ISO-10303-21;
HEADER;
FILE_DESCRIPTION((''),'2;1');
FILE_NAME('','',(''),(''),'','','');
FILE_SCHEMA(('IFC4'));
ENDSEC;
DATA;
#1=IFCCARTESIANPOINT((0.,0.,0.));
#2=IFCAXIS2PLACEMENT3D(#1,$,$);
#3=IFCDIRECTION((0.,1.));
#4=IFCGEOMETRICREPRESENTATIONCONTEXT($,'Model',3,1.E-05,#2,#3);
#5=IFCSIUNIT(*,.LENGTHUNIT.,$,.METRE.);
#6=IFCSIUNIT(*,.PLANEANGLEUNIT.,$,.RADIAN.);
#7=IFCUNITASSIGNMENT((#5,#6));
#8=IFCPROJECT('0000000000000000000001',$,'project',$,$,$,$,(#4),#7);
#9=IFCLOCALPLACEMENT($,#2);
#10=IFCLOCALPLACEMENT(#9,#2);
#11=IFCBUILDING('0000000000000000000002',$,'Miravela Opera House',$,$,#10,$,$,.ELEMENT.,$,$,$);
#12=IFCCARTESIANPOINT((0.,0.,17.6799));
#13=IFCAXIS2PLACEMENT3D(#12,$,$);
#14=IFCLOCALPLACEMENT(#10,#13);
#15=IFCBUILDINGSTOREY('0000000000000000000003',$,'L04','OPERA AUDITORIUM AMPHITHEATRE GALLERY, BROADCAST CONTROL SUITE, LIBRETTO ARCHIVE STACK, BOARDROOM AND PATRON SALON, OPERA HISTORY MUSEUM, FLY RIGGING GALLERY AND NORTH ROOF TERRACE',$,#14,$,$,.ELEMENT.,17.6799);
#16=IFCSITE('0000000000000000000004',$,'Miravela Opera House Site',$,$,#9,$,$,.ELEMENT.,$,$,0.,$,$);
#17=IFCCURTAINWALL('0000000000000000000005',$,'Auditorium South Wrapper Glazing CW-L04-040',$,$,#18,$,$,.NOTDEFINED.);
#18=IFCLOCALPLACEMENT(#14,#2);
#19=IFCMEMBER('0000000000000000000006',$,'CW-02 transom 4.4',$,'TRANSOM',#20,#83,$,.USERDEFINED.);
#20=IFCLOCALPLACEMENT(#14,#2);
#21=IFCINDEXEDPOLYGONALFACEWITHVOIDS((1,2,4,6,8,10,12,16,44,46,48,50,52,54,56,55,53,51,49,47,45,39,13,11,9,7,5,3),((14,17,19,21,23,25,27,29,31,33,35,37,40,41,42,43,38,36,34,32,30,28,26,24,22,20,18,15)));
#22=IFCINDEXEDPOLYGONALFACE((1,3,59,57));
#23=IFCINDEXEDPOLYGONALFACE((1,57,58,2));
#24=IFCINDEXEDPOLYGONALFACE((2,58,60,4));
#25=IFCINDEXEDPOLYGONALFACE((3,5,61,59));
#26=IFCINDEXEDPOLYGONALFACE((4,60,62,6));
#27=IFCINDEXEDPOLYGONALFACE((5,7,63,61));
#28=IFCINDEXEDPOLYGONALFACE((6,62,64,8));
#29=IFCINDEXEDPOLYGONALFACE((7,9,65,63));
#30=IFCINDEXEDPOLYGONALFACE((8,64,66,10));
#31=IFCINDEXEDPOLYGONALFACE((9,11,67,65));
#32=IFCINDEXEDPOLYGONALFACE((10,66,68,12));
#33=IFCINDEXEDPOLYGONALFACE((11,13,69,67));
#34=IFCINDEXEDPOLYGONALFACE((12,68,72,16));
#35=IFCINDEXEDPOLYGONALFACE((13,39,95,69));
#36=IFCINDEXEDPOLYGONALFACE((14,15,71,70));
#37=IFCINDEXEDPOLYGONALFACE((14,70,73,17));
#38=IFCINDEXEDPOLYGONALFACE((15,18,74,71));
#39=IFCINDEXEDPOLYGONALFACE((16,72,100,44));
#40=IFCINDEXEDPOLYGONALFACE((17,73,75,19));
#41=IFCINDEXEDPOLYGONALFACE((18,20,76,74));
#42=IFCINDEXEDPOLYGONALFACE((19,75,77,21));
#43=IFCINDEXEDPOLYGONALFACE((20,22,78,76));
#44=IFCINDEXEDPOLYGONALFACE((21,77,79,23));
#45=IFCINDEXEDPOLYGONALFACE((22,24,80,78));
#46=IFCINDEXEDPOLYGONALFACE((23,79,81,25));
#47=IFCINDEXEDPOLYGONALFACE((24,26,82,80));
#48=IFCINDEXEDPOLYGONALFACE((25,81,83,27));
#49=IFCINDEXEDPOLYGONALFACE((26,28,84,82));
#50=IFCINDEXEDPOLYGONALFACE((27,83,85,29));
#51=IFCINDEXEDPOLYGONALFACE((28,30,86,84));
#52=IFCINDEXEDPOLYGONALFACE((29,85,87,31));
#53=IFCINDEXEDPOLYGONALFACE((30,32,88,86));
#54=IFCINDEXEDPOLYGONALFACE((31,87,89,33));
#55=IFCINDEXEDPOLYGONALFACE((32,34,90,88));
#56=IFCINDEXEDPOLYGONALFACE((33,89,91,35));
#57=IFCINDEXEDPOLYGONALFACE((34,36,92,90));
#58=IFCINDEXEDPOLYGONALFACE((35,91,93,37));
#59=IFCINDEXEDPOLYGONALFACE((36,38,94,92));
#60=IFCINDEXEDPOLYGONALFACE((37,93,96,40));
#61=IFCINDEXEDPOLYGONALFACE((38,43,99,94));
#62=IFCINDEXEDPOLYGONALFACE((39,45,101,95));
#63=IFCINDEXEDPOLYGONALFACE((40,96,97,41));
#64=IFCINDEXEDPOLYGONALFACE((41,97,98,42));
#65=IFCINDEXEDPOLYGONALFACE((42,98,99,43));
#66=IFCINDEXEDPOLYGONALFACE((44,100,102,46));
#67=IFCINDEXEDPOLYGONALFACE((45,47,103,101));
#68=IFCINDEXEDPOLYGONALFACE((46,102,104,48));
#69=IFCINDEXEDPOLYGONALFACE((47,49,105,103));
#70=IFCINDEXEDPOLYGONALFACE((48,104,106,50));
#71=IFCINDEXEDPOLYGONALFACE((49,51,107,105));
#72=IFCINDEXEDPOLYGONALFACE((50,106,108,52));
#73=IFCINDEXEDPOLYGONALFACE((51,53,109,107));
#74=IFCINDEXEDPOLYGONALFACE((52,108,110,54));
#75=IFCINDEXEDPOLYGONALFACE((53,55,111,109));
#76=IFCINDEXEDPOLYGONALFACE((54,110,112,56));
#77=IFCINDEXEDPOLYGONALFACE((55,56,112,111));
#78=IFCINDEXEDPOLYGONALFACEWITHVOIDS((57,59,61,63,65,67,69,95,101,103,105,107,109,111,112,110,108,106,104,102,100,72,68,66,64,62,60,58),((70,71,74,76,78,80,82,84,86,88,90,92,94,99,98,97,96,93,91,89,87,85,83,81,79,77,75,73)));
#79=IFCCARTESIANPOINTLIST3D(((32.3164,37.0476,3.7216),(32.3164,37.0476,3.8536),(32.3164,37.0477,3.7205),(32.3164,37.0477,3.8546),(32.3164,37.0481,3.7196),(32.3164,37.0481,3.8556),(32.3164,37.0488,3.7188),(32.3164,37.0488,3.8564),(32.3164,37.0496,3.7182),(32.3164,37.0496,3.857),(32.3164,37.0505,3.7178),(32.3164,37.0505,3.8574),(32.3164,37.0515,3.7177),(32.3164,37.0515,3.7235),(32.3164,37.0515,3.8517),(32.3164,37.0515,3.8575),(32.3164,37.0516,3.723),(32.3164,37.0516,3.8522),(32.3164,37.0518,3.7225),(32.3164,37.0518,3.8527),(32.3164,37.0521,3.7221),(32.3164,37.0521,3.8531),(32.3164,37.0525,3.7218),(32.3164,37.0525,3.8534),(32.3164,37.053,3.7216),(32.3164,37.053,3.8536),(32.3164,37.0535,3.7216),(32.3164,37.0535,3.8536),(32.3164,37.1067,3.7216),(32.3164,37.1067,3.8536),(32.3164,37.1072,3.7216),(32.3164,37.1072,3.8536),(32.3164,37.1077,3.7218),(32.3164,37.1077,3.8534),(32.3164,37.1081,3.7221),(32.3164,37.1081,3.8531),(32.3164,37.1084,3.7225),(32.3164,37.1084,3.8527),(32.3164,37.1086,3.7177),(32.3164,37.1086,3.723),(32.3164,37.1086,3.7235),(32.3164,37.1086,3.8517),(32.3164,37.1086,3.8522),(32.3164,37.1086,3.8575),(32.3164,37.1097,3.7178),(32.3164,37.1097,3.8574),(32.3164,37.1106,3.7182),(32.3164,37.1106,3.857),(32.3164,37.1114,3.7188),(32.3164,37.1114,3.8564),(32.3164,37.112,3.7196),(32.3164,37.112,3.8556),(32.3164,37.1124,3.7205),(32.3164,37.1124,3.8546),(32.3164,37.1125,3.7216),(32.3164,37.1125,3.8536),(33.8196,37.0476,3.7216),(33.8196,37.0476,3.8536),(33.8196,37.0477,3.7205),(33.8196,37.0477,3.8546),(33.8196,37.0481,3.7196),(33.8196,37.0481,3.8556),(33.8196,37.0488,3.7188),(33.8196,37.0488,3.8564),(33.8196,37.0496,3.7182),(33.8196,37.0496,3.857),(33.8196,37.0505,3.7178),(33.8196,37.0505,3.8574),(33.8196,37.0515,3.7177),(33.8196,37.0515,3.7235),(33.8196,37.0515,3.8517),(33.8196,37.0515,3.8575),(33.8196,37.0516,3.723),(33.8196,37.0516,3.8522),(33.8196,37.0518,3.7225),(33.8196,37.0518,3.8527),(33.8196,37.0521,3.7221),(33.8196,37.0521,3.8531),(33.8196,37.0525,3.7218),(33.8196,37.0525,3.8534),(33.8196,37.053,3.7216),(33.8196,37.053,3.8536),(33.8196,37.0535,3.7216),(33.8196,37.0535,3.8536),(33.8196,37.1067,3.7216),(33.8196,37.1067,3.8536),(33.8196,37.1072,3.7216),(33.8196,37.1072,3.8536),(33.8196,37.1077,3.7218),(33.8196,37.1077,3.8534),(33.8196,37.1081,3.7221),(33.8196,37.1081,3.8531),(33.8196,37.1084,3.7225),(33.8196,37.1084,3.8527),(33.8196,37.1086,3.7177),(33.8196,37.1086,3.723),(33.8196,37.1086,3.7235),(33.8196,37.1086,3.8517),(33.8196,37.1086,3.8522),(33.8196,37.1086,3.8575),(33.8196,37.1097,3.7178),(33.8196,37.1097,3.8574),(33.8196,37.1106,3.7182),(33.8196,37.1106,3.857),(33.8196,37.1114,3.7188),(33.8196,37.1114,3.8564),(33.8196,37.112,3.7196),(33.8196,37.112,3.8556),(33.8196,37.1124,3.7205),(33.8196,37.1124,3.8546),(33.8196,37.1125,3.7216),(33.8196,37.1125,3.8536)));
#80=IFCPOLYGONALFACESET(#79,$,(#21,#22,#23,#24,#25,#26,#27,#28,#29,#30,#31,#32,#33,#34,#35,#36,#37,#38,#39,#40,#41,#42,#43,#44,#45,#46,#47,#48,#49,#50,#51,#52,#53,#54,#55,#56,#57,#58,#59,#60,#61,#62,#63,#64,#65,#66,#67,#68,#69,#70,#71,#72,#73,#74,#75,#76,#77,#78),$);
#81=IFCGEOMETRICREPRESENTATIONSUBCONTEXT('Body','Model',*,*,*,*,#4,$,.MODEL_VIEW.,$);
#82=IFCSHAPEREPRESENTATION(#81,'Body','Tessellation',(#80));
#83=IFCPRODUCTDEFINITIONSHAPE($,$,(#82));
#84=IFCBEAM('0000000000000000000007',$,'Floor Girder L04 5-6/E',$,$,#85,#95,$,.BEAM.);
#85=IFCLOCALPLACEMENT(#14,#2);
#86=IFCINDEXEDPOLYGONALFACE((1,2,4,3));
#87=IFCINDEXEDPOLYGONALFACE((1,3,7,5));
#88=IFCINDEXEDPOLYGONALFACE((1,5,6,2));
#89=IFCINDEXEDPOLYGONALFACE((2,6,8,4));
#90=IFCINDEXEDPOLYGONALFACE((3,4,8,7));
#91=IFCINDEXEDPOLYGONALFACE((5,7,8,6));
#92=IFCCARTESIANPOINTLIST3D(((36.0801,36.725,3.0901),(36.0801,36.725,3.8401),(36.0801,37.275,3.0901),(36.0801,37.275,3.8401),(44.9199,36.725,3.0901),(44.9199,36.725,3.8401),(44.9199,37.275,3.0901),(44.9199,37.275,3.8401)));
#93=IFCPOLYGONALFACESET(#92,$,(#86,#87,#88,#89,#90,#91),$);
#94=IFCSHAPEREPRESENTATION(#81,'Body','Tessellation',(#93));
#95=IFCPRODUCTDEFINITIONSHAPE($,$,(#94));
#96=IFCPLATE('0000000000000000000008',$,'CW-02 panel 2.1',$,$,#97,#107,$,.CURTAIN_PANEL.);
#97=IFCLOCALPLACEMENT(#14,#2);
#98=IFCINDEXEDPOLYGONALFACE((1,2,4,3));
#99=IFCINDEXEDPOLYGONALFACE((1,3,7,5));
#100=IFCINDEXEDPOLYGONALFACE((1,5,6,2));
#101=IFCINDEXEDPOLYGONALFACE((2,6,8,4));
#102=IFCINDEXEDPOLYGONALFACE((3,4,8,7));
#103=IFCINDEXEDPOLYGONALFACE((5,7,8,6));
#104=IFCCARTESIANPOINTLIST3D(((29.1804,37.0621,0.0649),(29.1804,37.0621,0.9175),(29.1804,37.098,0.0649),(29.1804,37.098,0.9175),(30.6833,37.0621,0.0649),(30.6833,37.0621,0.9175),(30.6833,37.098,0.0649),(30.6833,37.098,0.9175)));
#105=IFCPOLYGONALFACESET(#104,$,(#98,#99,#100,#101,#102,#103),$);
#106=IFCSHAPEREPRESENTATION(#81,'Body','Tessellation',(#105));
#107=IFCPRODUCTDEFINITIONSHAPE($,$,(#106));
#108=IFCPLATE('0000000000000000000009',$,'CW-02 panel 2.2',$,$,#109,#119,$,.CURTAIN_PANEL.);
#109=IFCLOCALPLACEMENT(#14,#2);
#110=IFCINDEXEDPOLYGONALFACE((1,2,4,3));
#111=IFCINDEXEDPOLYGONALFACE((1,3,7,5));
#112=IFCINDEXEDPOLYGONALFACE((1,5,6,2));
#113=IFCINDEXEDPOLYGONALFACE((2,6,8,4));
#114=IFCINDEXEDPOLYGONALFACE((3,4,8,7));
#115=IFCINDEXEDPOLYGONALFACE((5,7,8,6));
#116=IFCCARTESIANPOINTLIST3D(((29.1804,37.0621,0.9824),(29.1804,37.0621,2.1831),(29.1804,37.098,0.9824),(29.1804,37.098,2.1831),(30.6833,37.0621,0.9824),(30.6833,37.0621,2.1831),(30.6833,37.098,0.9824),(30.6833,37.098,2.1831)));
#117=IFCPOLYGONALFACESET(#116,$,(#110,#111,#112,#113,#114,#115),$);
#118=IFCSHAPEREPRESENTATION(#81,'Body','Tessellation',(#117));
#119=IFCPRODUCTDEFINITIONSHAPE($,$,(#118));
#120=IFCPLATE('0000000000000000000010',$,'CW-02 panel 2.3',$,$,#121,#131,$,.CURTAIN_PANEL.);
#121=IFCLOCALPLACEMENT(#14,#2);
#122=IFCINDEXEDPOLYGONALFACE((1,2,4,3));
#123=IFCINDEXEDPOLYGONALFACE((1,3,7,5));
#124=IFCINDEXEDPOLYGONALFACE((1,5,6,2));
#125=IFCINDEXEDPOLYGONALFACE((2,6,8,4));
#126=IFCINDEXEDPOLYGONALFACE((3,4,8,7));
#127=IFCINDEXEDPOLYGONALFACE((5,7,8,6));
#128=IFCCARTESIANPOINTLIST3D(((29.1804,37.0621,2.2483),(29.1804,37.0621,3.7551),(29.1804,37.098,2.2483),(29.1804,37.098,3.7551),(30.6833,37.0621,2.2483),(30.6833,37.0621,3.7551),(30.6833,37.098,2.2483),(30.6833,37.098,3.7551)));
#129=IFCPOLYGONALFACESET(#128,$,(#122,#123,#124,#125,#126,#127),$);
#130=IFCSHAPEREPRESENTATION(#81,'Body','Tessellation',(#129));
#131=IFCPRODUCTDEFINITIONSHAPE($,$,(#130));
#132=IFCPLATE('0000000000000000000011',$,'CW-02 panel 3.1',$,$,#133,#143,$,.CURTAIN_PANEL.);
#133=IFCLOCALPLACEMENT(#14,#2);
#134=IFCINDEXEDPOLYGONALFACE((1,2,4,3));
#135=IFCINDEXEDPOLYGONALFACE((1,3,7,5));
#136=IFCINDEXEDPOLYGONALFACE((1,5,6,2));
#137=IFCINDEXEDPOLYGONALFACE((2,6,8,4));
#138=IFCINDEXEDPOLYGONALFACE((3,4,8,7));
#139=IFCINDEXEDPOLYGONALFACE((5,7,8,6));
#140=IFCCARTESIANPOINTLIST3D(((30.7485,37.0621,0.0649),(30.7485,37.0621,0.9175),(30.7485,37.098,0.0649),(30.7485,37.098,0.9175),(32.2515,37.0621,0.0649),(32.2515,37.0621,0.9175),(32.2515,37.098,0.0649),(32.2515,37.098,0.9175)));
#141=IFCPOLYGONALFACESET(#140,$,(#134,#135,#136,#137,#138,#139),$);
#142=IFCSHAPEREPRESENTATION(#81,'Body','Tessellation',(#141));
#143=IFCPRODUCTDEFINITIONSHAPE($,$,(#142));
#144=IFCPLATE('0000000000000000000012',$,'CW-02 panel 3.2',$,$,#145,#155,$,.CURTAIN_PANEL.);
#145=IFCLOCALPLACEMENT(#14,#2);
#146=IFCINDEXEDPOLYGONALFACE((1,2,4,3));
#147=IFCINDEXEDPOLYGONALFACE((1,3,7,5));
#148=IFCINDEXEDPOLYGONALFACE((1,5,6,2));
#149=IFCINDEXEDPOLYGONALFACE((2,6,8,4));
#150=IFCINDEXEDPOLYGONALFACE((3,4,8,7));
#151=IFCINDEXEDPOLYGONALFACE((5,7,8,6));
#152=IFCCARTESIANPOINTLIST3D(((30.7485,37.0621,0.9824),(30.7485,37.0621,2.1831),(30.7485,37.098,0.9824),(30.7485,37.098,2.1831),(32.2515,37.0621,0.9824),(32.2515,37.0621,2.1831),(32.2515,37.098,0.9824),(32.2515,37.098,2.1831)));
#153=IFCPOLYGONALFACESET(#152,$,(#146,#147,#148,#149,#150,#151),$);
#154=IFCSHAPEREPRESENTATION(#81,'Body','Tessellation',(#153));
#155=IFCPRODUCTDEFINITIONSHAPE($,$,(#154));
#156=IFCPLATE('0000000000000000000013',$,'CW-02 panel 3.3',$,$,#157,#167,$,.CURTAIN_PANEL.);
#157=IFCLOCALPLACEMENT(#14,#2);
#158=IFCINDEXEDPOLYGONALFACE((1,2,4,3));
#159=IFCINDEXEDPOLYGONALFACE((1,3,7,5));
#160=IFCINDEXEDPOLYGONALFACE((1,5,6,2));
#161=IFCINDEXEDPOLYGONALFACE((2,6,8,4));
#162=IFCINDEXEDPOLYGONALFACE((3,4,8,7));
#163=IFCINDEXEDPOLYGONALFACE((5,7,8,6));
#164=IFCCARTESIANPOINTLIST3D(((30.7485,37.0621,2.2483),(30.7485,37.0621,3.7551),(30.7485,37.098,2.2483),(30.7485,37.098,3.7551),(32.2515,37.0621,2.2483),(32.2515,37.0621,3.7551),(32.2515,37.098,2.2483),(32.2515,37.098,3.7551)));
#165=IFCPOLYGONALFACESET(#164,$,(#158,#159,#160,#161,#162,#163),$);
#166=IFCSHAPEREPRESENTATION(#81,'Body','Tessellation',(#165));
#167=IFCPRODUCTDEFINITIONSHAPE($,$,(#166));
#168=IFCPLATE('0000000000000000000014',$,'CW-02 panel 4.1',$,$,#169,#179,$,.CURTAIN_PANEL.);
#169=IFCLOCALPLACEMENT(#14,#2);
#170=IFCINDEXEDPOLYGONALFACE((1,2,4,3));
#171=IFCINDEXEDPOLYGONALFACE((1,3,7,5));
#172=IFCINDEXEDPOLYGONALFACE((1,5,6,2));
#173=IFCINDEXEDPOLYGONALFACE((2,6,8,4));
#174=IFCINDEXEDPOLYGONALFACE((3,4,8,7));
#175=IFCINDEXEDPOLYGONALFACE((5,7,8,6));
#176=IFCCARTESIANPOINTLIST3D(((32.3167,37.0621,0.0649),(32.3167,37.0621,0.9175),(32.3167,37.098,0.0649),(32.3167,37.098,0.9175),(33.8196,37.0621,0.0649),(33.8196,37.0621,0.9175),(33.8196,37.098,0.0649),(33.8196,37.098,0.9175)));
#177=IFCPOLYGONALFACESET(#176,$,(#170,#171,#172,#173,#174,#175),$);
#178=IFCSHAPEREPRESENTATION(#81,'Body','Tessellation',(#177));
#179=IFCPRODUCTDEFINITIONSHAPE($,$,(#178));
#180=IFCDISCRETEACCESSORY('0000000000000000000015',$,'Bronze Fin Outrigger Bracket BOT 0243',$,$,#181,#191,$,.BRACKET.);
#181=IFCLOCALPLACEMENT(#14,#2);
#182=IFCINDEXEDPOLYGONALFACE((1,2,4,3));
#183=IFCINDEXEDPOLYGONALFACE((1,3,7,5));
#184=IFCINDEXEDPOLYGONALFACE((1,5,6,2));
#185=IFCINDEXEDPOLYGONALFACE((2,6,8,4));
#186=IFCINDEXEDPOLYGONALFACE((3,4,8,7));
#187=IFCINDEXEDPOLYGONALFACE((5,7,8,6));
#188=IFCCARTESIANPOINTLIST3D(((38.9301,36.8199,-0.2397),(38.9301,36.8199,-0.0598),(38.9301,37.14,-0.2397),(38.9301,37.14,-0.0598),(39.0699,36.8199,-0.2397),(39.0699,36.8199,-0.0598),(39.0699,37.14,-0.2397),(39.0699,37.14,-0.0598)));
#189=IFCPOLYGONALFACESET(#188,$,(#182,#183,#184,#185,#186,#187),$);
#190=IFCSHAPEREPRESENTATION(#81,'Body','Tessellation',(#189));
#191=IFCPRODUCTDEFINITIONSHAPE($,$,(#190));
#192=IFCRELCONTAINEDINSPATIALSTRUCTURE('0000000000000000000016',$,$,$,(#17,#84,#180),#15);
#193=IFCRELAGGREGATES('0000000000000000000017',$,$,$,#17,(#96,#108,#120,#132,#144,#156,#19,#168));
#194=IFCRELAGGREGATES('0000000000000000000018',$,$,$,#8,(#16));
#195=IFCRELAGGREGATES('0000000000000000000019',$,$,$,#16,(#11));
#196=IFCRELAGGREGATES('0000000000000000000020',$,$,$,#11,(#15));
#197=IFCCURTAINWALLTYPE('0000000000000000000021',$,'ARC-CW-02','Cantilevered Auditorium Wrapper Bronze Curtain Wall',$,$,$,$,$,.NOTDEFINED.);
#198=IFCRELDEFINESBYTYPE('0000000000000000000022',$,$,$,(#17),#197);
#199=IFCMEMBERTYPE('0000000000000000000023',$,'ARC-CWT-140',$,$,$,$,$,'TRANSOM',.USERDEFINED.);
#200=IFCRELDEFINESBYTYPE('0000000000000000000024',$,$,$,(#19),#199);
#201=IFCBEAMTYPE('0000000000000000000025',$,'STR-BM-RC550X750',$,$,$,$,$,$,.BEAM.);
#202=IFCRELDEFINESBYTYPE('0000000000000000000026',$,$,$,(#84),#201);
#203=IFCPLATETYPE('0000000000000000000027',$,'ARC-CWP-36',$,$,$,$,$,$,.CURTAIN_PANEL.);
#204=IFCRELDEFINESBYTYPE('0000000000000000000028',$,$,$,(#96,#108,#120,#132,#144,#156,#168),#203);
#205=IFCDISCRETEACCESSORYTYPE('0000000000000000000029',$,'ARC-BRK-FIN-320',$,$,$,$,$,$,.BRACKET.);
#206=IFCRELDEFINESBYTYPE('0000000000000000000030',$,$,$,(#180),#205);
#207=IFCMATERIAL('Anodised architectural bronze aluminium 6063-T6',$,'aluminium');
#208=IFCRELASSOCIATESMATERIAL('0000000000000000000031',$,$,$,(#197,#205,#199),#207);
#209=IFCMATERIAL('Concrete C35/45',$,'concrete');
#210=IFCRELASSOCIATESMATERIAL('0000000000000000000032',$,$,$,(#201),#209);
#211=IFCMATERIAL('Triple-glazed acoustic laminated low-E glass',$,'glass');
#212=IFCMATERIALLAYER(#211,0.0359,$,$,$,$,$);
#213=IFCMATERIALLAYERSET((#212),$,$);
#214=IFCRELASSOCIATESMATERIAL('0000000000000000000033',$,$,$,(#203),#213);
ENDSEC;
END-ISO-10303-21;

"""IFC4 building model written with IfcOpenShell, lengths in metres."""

from ifc_helpers import new_model, si_unit, direction, frame, origin, origin_2d, place, context, subcontext, project, spatial, rectangle, hollow_rectangle, extrude, material, layer, layer_set, material_profile, profile_set, type_object, element, aggregate, save


model = new_model("IFC4")

# Units and contexts
model_context = context("Model", 3, precision=1e-05, world=origin(), true_north=direction((0.0, 1.0)))
body_context = subcontext(model_context, "Body", "Model", "MODEL_VIEW")
ifc_project = project(units=[si_unit("LENGTHUNIT", "METRE"), si_unit("PLANEANGLEUNIT", "RADIAN")], contexts=[model_context])

# Site, building, storey
site_placement = place(None, origin())
site = spatial("IfcSite", under=ifc_project, at=site_placement, Name="Miravela Opera House Site", CompositionType="ELEMENT", RefElevation=0.0)
building_placement = place(site_placement, origin())
building = spatial("IfcBuilding", under=site, at=building_placement, Name="Miravela Opera House", CompositionType="ELEMENT")
storey_placement = place(building_placement, frame((0.0, 0.0, 17.6799)))
storey = spatial("IfcBuildingStorey", under=building, at=storey_placement, Name="L04", Description="OPERA AUDITORIUM AMPHITHEATRE GALLERY, BROADCAST CONTROL SUITE, LIBRETTO ARCHIVE STACK, BOARDROOM AND PATRON SALON, OPERA HISTORY MUSEUM, FLY RIGGING GALLERY AND NORTH ROOF TERRACE", CompositionType="ELEMENT", Elevation=17.6799)

# Shared definitions
ifc_material_1 = material(Name="Concrete C35/45", Category="concrete")

# Curtain wall, member
ifc_material_2 = material(Name="Anodised architectural bronze aluminium 6063-T6", Category="aluminium")
curtain_wall_type = type_object("IfcCurtainWallType", Name="ARC-CW-02", Description="Cantilevered Auditorium Wrapper Bronze Curtain Wall", PredefinedType="NOTDEFINED", material=ifc_material_2)
curtain_wall_placement = place(storey_placement, origin())
curtain_wall = element("IfcCurtainWall", 1, at=curtain_wall_placement, inside=storey, type_object=curtain_wall_type, Name="Auditorium South Wrapper Glazing CW-L04-040", PredefinedType="NOTDEFINED")
ifc_material_profile_1 = material_profile(ifc_material_2, hollow_rectangle(XDim=0.0649, YDim=0.1399, WallThickness=0.0039, InnerFilletRadius=0.002, OuterFilletRadius=0.0039, at=origin_2d()), Name="CWT-65X140")
ifc_profile_set_1 = profile_set([ifc_material_profile_1])
member_type_1 = type_object("IfcMemberType", Name="ARC-CWT-140", ElementType="TRANSOM", PredefinedType="USERDEFINED", material=ifc_profile_set_1)
member_1_placement = place(storey_placement, frame((32.3164, 37.0801, 3.7876), z_axis=(1.0, 0.0, 0.0), x_axis=(0.0, 1.0, 0.0)))
member_1 = element("IfcMember", 2, at=member_1_placement, type_object=member_type_1, Name="CW-02 transom 4.4", ObjectType="TRANSOM", PredefinedType="USERDEFINED", context=body_context, shape_type="SweptSolid", body=[
    extrude(hollow_rectangle(XDim=0.0649, YDim=0.1399, WallThickness=0.0039, InnerFilletRadius=0.002, OuterFilletRadius=0.0039, at=origin_2d()), origin(), (0.0, 0.0, 1.0), 1.5032),
])

# Beam
ifc_material_profile_2 = material_profile(ifc_material_1, rectangle(XDim=0.55, YDim=0.75, at=origin_2d()), Name="RC-BM-550X750")
ifc_profile_set_2 = profile_set([ifc_material_profile_2])
beam_type = type_object("IfcBeamType", Name="STR-BM-RC550X750", PredefinedType="BEAM", material=ifc_profile_set_2)
beam_placement = place(storey_placement, frame((36.0801, 37.0, 3.4651), z_axis=(1.0, 0.0, 0.0), x_axis=(0.0, 1.0, 0.0)))
element("IfcBeam", 3, at=beam_placement, inside=storey, type_object=beam_type, Name="Floor Girder L04 5-6/E", PredefinedType="BEAM", context=body_context, shape_type="SweptSolid", body=[
    extrude(rectangle(XDim=0.55, YDim=0.75, at=origin_2d()), origin(), (0.0, 0.0, 1.0), 8.8398),
])

# Plates
ifc_material_3 = material(Name="Triple-glazed acoustic laminated low-E glass", Category="glass")
ifc_layer = layer(ifc_material_3, 0.0359)
ifc_layer_set = layer_set([ifc_layer])
plate_type = type_object("IfcPlateType", Name="ARC-CWP-36", PredefinedType="CURTAIN_PANEL", material=ifc_layer_set)
plate_1_placement = place(storey_placement, frame((29.9319, 37.0801, 0.0649), z_axis=(0.0, 0.0, 1.0), x_axis=(1.0, 0.0, 0.0)))
plate_1 = element("IfcPlate", 4, at=plate_1_placement, type_object=plate_type, Name="CW-02 panel 2.1", PredefinedType="CURTAIN_PANEL", context=body_context, shape_type="SweptSolid", body=[
    extrude(rectangle(XDim=1.5029, YDim=0.0359, at=origin_2d()), origin(), (0.0, 0.0, 1.0), 0.8525),
])
plate_2_placement = place(storey_placement, frame((29.9319, 37.0801, 0.9824), z_axis=(0.0, 0.0, 1.0), x_axis=(1.0, 0.0, 0.0)))
plate_2 = element("IfcPlate", 5, at=plate_2_placement, type_object=plate_type, Name="CW-02 panel 2.2", PredefinedType="CURTAIN_PANEL", context=body_context, shape_type="SweptSolid", body=[
    extrude(rectangle(XDim=1.5029, YDim=0.0359, at=origin_2d()), origin(), (0.0, 0.0, 1.0), 1.2007),
])
plate_3_placement = place(storey_placement, frame((29.9319, 37.0801, 2.2483), z_axis=(0.0, 0.0, 1.0), x_axis=(1.0, 0.0, 0.0)))
plate_3 = element("IfcPlate", 6, at=plate_3_placement, type_object=plate_type, Name="CW-02 panel 2.3", PredefinedType="CURTAIN_PANEL", context=body_context, shape_type="SweptSolid", body=[
    extrude(rectangle(XDim=1.5029, YDim=0.0359, at=origin_2d()), origin(), (0.0, 0.0, 1.0), 1.5068),
])
plate_4_placement = place(storey_placement, frame((31.5, 37.0801, 0.0649), z_axis=(0.0, 0.0, 1.0), x_axis=(1.0, 0.0, 0.0)))
plate_4 = element("IfcPlate", 7, at=plate_4_placement, type_object=plate_type, Name="CW-02 panel 3.1", PredefinedType="CURTAIN_PANEL", context=body_context, shape_type="SweptSolid", body=[
    extrude(rectangle(XDim=1.5029, YDim=0.0359, at=origin_2d()), origin(), (0.0, 0.0, 1.0), 0.8525),
])
plate_5_placement = place(storey_placement, frame((31.5, 37.0801, 0.9824), z_axis=(0.0, 0.0, 1.0), x_axis=(1.0, 0.0, 0.0)))
plate_5 = element("IfcPlate", 8, at=plate_5_placement, type_object=plate_type, Name="CW-02 panel 3.2", PredefinedType="CURTAIN_PANEL", context=body_context, shape_type="SweptSolid", body=[
    extrude(rectangle(XDim=1.5029, YDim=0.0359, at=origin_2d()), origin(), (0.0, 0.0, 1.0), 1.2007),
])
plate_6_placement = place(storey_placement, frame((31.5, 37.0801, 2.2483), z_axis=(0.0, 0.0, 1.0), x_axis=(1.0, 0.0, 0.0)))
plate_6 = element("IfcPlate", 9, at=plate_6_placement, type_object=plate_type, Name="CW-02 panel 3.3", PredefinedType="CURTAIN_PANEL", context=body_context, shape_type="SweptSolid", body=[
    extrude(rectangle(XDim=1.5029, YDim=0.0359, at=origin_2d()), origin(), (0.0, 0.0, 1.0), 1.5068),
])
plate_7_placement = place(storey_placement, frame((33.0681, 37.0801, 0.0649), z_axis=(0.0, 0.0, 1.0), x_axis=(1.0, 0.0, 0.0)))
plate_7 = element("IfcPlate", 10, at=plate_7_placement, type_object=plate_type, Name="CW-02 panel 4.1", PredefinedType="CURTAIN_PANEL", context=body_context, shape_type="SweptSolid", body=[
    extrude(rectangle(XDim=1.5029, YDim=0.0359, at=origin_2d()), origin(), (0.0, 0.0, 1.0), 0.8525),
])
aggregate(curtain_wall, [plate_1, plate_2, plate_3, plate_4, plate_5, plate_6, member_1, plate_7])

# Discrete accessory
discrete_accessory_type = type_object("IfcDiscreteAccessoryType", Name="ARC-BRK-FIN-320", PredefinedType="BRACKET", material=ifc_material_2)
for number, where, z_axis, x_axis, name in (
    (11, (39.0, 36.98, -0.2397), (0.0, 0.0, 1.0), (0.0, 1.0, 0.0), "Bronze Fin Outrigger Bracket BOT 0243"),
):
    element("IfcDiscreteAccessory", number, at=place(storey_placement, frame(where, z_axis=z_axis, x_axis=x_axis)), inside=storey, type_object=discrete_accessory_type, Name=name, PredefinedType="BRACKET", context=body_context, shape_type="SweptSolid", body=[
        extrude(rectangle(XDim=0.3201, YDim=0.1399, at=origin_2d()), origin(), (0.0, 0.0, 1.0), 0.1799),
    ])

save(model, "model.ifc")
